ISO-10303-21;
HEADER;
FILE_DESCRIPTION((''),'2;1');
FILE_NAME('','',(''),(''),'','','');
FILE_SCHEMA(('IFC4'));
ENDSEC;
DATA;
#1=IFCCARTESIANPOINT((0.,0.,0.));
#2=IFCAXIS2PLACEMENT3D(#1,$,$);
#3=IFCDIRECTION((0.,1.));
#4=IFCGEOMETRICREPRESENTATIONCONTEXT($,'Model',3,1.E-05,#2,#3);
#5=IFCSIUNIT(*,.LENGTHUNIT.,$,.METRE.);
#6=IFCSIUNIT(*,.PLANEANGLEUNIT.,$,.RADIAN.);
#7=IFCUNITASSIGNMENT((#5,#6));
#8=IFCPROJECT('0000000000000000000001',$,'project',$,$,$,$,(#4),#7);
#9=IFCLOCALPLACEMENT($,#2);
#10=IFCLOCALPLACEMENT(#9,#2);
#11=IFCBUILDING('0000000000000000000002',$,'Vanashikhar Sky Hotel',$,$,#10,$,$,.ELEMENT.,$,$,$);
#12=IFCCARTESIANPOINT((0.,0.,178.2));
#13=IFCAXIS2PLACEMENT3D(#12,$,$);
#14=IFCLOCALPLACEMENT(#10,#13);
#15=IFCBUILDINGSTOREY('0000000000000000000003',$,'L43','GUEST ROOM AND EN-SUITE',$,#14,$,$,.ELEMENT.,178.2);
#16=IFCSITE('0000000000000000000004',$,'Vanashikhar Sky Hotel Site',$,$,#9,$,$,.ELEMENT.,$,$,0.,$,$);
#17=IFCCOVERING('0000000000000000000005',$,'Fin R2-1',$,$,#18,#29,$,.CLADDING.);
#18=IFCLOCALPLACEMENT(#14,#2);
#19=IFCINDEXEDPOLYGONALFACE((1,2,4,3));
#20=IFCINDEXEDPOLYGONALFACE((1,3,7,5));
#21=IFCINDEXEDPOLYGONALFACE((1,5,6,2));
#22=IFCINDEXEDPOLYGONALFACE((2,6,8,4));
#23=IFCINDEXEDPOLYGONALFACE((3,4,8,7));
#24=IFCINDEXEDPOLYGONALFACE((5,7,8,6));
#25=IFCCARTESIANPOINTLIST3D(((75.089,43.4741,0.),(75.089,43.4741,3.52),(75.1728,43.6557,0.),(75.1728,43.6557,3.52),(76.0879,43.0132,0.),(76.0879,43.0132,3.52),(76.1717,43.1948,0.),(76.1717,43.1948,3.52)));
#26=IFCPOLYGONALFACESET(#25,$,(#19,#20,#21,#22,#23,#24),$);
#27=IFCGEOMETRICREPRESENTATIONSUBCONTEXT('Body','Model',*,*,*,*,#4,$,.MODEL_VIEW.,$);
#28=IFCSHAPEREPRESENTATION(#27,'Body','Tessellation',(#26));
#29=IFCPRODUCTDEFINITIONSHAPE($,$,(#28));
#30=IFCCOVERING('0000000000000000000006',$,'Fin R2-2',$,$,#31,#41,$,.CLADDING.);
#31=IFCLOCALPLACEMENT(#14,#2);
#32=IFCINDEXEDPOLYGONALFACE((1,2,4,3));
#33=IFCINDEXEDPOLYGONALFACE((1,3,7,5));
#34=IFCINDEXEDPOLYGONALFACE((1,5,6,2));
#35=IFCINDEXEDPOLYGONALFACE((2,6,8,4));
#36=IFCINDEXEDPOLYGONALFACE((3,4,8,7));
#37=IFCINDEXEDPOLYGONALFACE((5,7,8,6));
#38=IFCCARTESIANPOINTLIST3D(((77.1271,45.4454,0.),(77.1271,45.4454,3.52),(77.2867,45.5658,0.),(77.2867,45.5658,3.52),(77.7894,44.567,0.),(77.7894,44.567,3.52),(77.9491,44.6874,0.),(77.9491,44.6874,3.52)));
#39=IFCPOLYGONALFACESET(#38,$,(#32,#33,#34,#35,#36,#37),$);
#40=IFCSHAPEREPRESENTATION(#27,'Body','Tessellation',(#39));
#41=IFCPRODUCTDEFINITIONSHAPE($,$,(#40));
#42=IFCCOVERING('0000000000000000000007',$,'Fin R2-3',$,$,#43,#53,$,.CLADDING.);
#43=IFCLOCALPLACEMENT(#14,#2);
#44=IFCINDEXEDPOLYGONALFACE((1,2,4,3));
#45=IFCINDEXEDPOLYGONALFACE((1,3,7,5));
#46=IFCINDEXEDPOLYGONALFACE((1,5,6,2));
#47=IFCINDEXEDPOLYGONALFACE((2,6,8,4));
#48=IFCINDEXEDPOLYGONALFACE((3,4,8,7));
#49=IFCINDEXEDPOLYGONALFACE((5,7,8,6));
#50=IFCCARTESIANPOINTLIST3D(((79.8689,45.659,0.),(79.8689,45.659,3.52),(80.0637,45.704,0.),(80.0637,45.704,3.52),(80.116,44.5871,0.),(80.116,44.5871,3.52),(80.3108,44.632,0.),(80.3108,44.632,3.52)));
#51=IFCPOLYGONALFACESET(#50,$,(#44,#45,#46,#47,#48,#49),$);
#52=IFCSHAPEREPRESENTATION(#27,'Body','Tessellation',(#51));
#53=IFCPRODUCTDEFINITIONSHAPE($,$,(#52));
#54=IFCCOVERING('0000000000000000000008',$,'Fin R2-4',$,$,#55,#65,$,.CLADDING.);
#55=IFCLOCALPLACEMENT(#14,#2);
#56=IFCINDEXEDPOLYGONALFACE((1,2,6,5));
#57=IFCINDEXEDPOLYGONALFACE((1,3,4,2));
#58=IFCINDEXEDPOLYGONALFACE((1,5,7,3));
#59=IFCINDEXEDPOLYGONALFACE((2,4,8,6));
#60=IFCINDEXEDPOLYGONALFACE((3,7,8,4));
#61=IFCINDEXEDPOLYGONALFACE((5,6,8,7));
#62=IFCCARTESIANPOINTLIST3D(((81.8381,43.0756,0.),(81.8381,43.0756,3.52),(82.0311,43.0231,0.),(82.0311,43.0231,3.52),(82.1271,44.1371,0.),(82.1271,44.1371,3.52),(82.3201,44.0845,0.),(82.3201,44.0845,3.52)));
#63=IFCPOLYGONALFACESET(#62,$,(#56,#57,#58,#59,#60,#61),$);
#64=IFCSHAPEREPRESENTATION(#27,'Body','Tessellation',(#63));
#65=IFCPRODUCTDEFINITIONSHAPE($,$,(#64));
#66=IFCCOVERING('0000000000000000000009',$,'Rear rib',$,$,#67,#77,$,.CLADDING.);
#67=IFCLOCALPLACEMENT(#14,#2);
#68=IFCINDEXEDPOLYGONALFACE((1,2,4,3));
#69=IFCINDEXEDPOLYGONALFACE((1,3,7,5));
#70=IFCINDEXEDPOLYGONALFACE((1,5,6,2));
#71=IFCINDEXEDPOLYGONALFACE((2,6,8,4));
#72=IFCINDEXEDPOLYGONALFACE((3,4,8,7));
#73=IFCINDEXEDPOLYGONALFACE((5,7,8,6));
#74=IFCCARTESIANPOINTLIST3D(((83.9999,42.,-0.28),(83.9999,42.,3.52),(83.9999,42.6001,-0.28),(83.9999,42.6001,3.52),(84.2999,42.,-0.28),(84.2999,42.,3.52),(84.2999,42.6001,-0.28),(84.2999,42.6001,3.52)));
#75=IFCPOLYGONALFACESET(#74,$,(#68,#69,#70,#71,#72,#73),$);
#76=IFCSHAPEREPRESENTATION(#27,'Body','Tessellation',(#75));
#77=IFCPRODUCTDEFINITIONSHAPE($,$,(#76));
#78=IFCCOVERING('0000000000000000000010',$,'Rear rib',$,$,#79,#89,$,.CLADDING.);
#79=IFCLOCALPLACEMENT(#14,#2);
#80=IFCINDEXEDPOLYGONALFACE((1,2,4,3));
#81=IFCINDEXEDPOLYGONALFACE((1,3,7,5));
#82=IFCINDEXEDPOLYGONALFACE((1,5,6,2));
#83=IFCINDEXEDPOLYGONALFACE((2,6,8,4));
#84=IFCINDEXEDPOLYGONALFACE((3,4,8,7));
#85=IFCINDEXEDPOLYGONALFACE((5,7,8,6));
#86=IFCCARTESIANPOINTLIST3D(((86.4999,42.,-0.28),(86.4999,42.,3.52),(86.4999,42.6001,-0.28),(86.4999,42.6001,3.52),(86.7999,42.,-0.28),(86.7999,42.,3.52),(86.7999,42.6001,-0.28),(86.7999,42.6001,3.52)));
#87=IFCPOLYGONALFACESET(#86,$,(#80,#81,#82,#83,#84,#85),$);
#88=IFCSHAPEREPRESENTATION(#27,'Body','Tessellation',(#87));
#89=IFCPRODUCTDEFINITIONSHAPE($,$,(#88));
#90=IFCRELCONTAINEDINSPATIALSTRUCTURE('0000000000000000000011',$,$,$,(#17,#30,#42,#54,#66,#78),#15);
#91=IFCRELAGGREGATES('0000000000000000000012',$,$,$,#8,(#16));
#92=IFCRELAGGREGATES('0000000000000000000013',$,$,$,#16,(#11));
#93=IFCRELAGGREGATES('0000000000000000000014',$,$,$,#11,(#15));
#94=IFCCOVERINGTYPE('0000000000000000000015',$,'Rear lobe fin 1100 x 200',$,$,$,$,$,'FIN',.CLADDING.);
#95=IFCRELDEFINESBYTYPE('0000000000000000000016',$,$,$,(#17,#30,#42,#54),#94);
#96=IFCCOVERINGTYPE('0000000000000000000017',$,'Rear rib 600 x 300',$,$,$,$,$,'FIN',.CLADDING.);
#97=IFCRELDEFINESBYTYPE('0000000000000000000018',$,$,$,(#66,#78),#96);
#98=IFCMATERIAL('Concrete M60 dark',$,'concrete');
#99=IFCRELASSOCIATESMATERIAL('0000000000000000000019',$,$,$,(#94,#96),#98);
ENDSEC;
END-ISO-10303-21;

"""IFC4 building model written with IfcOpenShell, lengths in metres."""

from ifc_helpers import new_model, si_unit, direction, frame, origin, origin_2d, place, context, subcontext, project, spatial, rectangle, extrude, source, transform, mapped, material, material_profile, profile_set, type_object, element, save


model = new_model("IFC4")

# Units and contexts
model_context = context("Model", 3, precision=1e-05, world=origin(), true_north=direction((0.0, 1.0)))
body_context = subcontext(model_context, "Body", "Model", "MODEL_VIEW")
ifc_project = project(units=[si_unit("LENGTHUNIT", "METRE"), si_unit("PLANEANGLEUNIT", "RADIAN")], contexts=[model_context])

# Site, building, storey
site_placement = place(None, origin())
site = spatial("IfcSite", under=ifc_project, at=site_placement, Name="Vanashikhar Sky Hotel Site", CompositionType="ELEMENT", RefElevation=0.0)
building_placement = place(site_placement, origin())
building = spatial("IfcBuilding", under=site, at=building_placement, Name="Vanashikhar Sky Hotel", CompositionType="ELEMENT")
storey_placement = place(building_placement, frame((0.0, 0.0, 178.2)))
storey = spatial("IfcBuildingStorey", under=building, at=storey_placement, Name="L43", Description="GUEST ROOM AND EN-SUITE", CompositionType="ELEMENT", Elevation=178.2)

# Coverings
ifc_material_1 = material(Name="Concrete M60 dark", Category="concrete")
ifc_material_profile_1 = material_profile(ifc_material_1, rectangle(XDim=1.1001, YDim=0.2, at=origin_2d()))
ifc_profile_set_1 = profile_set([ifc_material_profile_1], Name="Rear lobe fin 1100 x 200")
covering_type_1 = type_object("IfcCoveringType", Name="Rear lobe fin 1100 x 200", ElementType="FIN", PredefinedType="CLADDING", material=ifc_profile_set_1)
shared_shape_1 = source(origin(), body_context, "Body", "SweptSolid", [
    extrude(rectangle(XDim=1.1001, YDim=0.2, at=origin_2d()), origin(), (0.0, 0.0, 1.0), 3.52),
])
for number, where, z_axis, x_axis, name in (
    (1, (75.6304, 43.3345, 0.0), (0.0, 0.0, 1.0), (-0.908004, 0.418961, 0.0), "Fin R2-1"),
    (2, (77.5381, 45.0664, 0.0), (0.0, 0.0, 1.0), (-0.602066, 0.798446, 0.0), "Fin R2-2"),
    (3, (80.0898, 45.1455, 0.0), (0.0, 0.0, 1.0), (-0.224645, 0.974441, 0.0), "Fin R2-3"),
    (4, (82.0791, 43.5801, 0.0), (0.0, 0.0, 1.0), (0.262711, 0.964874, 0.0), "Fin R2-4"),
):
    element("IfcCovering", number, at=place(storey_placement, frame(where, z_axis=z_axis, x_axis=x_axis)), inside=storey, type_object=covering_type_1, Name=name, PredefinedType="CLADDING", context=body_context, shape_type="MappedRepresentation", body=[
        mapped(shared_shape_1, transform((0.0, 0.0, 0.0), scale=1.0)),
    ])
ifc_material_profile_2 = material_profile(ifc_material_1, rectangle(XDim=0.6001, YDim=0.3, at=origin_2d()))
ifc_profile_set_2 = profile_set([ifc_material_profile_2], Name="Rear rib 600 x 300")
covering_type_2 = type_object("IfcCoveringType", Name="Rear rib 600 x 300", ElementType="FIN", PredefinedType="CLADDING", material=ifc_profile_set_2)
shared_shape_2 = source(origin(), body_context, "Body", "SweptSolid", [
    extrude(rectangle(XDim=0.6001, YDim=0.3, at=origin_2d()), origin(), (0.0, 0.0, 1.0), 3.8),
])
for number, where, z_axis, x_axis, name in (
    (5, (84.1499, 42.3, -0.28), (0.0, 0.0, 1.0), (0.0, 1.0, 0.0), "Rear rib"),
    (6, (86.6499, 42.3, -0.28), (0.0, 0.0, 1.0), (0.0, 1.0, 0.0), "Rear rib"),
):
    element("IfcCovering", number, at=place(storey_placement, frame(where, z_axis=z_axis, x_axis=x_axis)), inside=storey, type_object=covering_type_2, Name=name, PredefinedType="CLADDING", context=body_context, shape_type="MappedRepresentation", body=[
        mapped(shared_shape_2, transform((0.0, 0.0, 0.0), scale=1.0)),
    ])

save(model, "model.ifc")
